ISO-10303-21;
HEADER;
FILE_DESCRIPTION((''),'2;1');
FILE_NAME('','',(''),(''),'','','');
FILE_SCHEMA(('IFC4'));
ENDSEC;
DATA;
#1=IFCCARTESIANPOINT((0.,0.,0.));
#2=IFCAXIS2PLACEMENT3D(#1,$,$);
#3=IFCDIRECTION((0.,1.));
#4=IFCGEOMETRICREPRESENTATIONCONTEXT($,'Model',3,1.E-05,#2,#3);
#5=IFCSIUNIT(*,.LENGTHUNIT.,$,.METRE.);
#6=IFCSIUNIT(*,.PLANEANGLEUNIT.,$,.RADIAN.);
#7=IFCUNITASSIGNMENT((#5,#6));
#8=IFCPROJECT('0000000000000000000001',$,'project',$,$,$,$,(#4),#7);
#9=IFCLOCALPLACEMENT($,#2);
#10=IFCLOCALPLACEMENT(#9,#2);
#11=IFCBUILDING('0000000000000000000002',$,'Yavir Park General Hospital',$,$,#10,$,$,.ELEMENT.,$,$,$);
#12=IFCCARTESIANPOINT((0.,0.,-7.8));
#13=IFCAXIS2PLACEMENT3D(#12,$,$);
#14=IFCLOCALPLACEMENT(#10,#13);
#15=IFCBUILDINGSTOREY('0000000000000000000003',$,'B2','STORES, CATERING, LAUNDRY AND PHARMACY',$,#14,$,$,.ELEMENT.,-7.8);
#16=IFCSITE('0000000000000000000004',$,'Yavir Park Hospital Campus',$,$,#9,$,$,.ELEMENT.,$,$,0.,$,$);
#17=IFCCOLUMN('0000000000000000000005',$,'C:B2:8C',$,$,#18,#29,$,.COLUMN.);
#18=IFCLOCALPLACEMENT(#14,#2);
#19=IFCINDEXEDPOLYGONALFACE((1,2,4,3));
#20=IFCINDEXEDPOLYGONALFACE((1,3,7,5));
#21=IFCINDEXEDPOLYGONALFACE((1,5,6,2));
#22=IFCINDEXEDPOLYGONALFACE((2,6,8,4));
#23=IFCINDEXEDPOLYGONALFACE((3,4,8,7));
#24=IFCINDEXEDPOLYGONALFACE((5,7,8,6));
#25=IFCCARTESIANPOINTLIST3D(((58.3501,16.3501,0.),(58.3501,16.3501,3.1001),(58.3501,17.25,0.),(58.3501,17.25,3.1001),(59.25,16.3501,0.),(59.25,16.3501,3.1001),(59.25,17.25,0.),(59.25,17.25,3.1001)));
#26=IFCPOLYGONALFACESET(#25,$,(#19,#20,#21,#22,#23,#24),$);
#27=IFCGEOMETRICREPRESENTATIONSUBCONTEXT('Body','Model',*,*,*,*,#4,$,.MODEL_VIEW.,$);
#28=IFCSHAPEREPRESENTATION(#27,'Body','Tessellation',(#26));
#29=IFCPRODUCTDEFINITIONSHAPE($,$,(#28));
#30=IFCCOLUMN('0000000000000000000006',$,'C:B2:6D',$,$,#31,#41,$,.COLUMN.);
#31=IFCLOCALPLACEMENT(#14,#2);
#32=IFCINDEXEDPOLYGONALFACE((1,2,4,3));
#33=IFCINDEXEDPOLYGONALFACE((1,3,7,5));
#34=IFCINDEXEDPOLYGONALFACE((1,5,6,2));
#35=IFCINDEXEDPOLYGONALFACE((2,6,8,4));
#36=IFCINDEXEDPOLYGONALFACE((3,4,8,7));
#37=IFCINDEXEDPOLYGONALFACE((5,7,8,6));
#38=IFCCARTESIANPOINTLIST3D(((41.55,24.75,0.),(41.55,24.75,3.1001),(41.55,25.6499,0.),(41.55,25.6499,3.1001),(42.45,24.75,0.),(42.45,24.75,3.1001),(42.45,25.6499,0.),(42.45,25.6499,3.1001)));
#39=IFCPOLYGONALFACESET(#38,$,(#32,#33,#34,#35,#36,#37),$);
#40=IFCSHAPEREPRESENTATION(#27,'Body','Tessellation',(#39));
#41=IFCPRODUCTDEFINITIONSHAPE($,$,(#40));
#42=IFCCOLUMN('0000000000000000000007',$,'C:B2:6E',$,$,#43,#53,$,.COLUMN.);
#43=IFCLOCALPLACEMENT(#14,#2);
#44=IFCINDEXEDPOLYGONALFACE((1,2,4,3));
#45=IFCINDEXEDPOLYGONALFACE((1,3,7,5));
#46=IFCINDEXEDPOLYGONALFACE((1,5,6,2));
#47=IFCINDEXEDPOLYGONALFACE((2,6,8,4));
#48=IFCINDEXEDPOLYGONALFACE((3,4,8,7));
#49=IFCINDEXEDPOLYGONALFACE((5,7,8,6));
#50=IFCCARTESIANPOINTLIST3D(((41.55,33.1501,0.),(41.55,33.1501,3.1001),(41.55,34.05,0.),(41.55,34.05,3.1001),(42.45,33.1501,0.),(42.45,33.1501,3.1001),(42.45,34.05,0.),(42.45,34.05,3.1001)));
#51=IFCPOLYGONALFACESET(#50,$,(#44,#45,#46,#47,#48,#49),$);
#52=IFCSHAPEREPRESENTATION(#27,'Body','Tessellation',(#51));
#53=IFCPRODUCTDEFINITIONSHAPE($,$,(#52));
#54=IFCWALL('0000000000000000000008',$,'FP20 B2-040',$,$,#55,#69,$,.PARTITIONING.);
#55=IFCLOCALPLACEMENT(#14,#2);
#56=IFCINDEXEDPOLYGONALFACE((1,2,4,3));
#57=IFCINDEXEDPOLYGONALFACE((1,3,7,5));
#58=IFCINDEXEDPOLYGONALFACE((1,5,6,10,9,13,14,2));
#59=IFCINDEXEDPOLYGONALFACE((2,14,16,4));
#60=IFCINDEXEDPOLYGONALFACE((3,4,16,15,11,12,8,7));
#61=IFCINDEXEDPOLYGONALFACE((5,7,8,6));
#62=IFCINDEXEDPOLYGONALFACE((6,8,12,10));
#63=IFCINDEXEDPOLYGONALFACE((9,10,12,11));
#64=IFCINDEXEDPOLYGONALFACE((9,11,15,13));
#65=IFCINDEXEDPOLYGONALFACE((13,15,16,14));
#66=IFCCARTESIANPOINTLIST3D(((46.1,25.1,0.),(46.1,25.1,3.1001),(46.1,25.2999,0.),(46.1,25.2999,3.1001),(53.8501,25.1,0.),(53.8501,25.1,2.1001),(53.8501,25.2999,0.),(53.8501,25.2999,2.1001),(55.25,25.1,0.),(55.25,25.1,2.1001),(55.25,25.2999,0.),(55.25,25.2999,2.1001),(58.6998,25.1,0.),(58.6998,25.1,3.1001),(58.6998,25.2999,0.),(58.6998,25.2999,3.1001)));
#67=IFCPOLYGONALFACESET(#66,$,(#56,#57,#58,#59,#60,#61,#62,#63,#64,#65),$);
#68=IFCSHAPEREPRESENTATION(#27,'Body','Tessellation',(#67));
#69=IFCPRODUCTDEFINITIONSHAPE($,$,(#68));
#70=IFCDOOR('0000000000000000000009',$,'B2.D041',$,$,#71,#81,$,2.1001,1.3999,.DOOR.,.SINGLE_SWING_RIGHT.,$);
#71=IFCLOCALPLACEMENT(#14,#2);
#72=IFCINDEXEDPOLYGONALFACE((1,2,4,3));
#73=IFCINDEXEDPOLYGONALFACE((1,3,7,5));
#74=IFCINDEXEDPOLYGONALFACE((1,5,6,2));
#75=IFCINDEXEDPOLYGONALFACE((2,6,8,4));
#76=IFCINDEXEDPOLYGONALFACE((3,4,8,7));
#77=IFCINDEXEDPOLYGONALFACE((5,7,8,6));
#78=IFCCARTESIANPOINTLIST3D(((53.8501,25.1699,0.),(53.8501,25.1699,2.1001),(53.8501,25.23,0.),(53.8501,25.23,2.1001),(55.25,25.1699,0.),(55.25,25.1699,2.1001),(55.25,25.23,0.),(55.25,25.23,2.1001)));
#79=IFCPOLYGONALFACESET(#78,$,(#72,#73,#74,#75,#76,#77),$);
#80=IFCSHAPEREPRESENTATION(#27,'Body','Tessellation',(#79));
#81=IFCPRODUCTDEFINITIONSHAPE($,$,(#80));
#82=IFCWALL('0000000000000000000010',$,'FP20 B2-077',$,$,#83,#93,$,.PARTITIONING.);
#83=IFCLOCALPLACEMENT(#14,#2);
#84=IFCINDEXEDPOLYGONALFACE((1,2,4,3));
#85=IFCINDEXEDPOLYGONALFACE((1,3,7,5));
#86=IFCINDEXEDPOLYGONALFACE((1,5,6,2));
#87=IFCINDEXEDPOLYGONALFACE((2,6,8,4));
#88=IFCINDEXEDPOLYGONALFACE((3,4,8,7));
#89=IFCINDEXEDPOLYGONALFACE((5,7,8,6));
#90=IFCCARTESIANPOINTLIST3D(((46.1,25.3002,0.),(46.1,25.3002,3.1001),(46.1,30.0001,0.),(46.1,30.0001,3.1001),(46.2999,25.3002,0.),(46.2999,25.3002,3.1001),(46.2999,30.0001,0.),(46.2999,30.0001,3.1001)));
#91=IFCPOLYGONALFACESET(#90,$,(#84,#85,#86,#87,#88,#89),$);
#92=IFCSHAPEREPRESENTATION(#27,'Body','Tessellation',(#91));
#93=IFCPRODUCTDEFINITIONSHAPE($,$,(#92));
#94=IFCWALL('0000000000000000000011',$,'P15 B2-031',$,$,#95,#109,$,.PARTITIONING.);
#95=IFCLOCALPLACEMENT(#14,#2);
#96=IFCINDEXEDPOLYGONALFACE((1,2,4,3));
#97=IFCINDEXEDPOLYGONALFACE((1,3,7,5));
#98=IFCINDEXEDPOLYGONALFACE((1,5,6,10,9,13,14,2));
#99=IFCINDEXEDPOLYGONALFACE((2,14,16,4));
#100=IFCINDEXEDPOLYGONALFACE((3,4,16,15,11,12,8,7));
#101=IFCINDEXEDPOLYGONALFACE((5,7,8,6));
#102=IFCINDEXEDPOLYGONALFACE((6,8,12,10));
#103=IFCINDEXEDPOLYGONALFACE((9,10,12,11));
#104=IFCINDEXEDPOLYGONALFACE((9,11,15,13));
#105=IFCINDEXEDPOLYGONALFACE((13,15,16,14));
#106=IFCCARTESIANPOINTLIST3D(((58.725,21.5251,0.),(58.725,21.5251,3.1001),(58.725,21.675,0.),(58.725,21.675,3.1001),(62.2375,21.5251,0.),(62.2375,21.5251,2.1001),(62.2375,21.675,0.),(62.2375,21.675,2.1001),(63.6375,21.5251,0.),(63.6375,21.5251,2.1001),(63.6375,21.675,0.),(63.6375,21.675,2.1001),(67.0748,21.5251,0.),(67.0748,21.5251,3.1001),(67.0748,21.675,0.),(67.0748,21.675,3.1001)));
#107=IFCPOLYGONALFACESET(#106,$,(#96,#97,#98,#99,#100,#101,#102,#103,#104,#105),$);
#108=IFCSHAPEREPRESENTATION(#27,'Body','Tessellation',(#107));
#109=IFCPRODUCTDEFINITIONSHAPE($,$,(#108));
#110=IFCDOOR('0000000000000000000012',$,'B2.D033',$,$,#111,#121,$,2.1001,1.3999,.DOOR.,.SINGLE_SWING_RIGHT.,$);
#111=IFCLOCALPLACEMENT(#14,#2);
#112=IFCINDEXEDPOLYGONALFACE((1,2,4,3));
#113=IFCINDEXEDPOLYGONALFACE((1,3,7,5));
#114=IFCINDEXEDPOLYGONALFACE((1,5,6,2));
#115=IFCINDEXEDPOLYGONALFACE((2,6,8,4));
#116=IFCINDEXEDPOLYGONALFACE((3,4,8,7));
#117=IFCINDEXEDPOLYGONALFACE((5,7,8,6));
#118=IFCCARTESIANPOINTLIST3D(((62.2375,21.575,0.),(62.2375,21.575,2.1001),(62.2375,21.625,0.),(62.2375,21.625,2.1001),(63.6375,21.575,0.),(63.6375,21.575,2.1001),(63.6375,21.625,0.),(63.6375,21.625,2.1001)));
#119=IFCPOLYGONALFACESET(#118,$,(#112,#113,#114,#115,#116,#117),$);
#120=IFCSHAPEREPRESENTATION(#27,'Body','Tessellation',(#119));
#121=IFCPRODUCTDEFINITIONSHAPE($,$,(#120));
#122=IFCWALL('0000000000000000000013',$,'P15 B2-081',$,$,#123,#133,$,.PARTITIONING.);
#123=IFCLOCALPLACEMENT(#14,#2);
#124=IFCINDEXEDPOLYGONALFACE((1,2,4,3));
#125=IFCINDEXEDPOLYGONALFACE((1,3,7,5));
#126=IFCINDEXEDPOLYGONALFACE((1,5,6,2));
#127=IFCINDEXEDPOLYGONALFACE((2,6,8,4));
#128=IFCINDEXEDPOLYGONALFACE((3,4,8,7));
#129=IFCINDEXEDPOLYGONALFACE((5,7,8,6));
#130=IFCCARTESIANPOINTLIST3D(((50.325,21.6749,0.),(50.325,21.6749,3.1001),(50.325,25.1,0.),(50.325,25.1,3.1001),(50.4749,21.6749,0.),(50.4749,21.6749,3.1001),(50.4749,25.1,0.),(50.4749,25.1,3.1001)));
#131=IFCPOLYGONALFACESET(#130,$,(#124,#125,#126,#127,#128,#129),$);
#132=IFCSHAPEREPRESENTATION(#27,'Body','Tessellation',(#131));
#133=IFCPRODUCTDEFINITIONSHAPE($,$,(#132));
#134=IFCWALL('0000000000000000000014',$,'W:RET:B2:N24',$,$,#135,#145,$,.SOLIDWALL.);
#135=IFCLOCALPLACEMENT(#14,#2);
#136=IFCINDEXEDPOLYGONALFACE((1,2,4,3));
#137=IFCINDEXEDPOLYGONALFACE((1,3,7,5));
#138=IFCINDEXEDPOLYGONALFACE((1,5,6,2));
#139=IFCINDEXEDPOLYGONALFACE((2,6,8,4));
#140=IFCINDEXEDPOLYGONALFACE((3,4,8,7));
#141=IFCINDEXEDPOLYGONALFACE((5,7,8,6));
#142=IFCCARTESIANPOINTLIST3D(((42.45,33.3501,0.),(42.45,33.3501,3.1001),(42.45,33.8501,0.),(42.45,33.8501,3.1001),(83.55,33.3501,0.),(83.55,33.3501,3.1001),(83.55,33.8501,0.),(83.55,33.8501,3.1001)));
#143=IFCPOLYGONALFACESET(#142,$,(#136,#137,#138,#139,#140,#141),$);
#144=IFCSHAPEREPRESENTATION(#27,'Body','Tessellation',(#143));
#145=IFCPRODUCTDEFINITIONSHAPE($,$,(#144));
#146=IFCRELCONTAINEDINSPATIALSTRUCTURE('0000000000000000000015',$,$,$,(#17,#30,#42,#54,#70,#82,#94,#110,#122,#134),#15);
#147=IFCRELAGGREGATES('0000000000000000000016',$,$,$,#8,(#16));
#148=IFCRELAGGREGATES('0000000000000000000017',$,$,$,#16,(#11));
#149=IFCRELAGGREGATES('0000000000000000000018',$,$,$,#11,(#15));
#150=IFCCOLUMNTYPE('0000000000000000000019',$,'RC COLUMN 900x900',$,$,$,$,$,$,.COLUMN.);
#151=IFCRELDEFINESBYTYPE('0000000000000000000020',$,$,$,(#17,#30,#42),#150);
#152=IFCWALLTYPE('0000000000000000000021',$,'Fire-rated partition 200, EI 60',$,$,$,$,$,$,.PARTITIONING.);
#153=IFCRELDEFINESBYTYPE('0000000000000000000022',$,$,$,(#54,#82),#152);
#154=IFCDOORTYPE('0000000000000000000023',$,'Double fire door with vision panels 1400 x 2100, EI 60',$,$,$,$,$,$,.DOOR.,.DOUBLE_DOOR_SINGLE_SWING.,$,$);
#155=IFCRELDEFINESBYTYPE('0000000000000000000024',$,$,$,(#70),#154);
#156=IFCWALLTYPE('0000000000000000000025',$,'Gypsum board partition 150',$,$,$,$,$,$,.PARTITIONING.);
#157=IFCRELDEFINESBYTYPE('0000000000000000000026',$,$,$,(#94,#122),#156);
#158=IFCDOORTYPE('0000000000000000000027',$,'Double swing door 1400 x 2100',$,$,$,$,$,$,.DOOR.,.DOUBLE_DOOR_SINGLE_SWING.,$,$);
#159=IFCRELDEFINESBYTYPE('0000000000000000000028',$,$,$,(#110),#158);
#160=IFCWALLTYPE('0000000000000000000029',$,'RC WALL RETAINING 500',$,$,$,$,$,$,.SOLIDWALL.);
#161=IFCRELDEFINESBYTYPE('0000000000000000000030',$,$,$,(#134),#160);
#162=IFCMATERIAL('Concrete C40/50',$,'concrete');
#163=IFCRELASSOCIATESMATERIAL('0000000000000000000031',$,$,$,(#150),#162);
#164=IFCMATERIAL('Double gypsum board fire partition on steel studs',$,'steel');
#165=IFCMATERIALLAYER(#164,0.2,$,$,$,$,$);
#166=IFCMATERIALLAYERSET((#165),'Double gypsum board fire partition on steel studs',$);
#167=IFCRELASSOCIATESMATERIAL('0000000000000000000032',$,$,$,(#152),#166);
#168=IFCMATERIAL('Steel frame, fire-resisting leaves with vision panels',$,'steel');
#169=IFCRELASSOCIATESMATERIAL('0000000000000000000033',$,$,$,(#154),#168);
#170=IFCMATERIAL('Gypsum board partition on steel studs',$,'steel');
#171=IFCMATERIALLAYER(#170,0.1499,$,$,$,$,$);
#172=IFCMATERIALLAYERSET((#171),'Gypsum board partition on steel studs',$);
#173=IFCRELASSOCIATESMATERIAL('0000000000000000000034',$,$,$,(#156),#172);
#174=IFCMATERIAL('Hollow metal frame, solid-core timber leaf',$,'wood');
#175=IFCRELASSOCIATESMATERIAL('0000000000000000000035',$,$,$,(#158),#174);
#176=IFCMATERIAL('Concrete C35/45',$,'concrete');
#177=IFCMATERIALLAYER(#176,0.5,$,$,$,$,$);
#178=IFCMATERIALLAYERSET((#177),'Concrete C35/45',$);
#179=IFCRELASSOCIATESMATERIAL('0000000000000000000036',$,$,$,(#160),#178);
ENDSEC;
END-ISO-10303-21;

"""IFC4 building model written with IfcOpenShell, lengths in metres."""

from ifc_helpers import new_model, si_unit, direction, frame, frame_2d, origin, origin_2d, place, context, subcontext, project, spatial, rectangle, extrude, material, layer, layer_set, material_profile, profile_set, type_object, element, fill, save


model = new_model("IFC4")

# Units and contexts
model_context = context("Model", 3, precision=1e-05, world=origin(), true_north=direction((0.0, 1.0)))
body_context = subcontext(model_context, "Body", "Model", "MODEL_VIEW")
ifc_project = project(units=[si_unit("LENGTHUNIT", "METRE"), si_unit("PLANEANGLEUNIT", "RADIAN")], contexts=[model_context])

# Site, building, storey
site_placement = place(None, origin())
site = spatial("IfcSite", under=ifc_project, at=site_placement, Name="Yavir Park Hospital Campus", CompositionType="ELEMENT", RefElevation=0.0)
building_placement = place(site_placement, origin())
building = spatial("IfcBuilding", under=site, at=building_placement, Name="Yavir Park General Hospital", CompositionType="ELEMENT")
storey_placement = place(building_placement, frame((0.0, 0.0, -7.8)))
storey = spatial("IfcBuildingStorey", under=building, at=storey_placement, Name="B2", Description="STORES, CATERING, LAUNDRY AND PHARMACY", CompositionType="ELEMENT", Elevation=-7.8)

# Columns
ifc_material_1 = material(Name="Concrete C40/50", Category="concrete")
ifc_material_profile = material_profile(ifc_material_1, rectangle(XDim=0.8999, YDim=0.8999, at=origin_2d()), Name="RC900x900")
ifc_profile_set = profile_set([ifc_material_profile], Name="Concrete C40/50")
column_type = type_object("IfcColumnType", Name="RC COLUMN 900x900", PredefinedType="COLUMN", material=ifc_profile_set)
for number, where, z_axis, x_axis, name in (
    (1, (58.8, 16.8, 0.0), (0.0, 0.0, 1.0), (1.0, 0.0, 0.0), "C:B2:8C"),
    (2, (42.0, 25.2, 0.0), (0.0, 0.0, 1.0), (1.0, 0.0, 0.0), "C:B2:6D"),
    (3, (42.0, 33.6001, 0.0), (0.0, 0.0, 1.0), (1.0, 0.0, 0.0), "C:B2:6E"),
):
    element("IfcColumn", number, at=place(storey_placement, frame(where, z_axis=z_axis, x_axis=x_axis)), inside=storey, type_object=column_type, Name=name, PredefinedType="COLUMN", context=body_context, shape_type="SweptSolid", body=[
        extrude(rectangle(XDim=0.8999, YDim=0.8999, at=origin_2d()), origin(), (0.0, 0.0, 1.0), 3.1001),
    ])

# Wall, opening, door
ifc_material_2 = material(Name="Double gypsum board fire partition on steel studs", Category="steel")
ifc_layer_1 = layer(ifc_material_2, 0.2)
ifc_layer_set_1 = layer_set([ifc_layer_1], Name="Double gypsum board fire partition on steel studs")
wall_type_1 = type_object("IfcWallType", Name="Fire-rated partition 200, EI 60", PredefinedType="PARTITIONING", material=ifc_layer_set_1)
wall_1_placement = place(storey_placement, frame((46.1001, 25.2, 0.0), z_axis=(0.0, 0.0, 1.0), x_axis=(1.0, 0.0, 0.0)))
wall_1 = element("IfcWall", 4, at=wall_1_placement, inside=storey, type_object=wall_type_1, Name="FP20 B2-040", PredefinedType="PARTITIONING", context=body_context, shape_type="SweptSolid", body=[
    extrude(rectangle(XDim=12.5999, YDim=0.2, at=frame_2d((6.2998, 0.0))), origin(), (0.0, 0.0, 1.0), 3.1001),
])
opening_1_placement = place(wall_1_placement, frame((7.75, 0.0, 0.0)))
opening_1 = element("IfcOpeningElement", 5, at=opening_1_placement, cuts=wall_1, PredefinedType="OPENING", context=body_context, shape_type="SweptSolid", body=[
    extrude(rectangle(XDim=1.3999, YDim=2.1001, at=frame_2d((0.7, 1.05))), frame((0.0, 0.1099, 0.0), z_axis=(0.0, -1.0, 0.0), x_axis=(1.0, 0.0, 0.0)), (0.0, 0.0, 1.0), 0.22),
])
ifc_material_3 = material(Name="Steel frame, fire-resisting leaves with vision panels", Category="steel")
door_type_1 = type_object("IfcDoorType", Name="Double fire door with vision panels 1400 x 2100, EI 60", OperationType="DOUBLE_DOOR_SINGLE_SWING", PredefinedType="DOOR", material=ifc_material_3)
door_1_placement = place(opening_1_placement, origin())
door_1 = element("IfcDoor", 6, at=door_1_placement, inside=storey, type_object=door_type_1, Name="B2.D041", OperationType="SINGLE_SWING_RIGHT", OverallHeight=2.1001, OverallWidth=1.3999, PredefinedType="DOOR", context=body_context, shape_type="SweptSolid", body=[
    extrude(rectangle(XDim=1.3999, YDim=2.1001, at=frame_2d((0.7, 1.05))), frame((0.0, 0.03, 0.0), z_axis=(0.0, -1.0, 0.0), x_axis=(1.0, 0.0, 0.0)), (0.0, 0.0, 1.0), 0.0601),
])
fill(opening_1, door_1)

# Wall
wall_2_placement = place(storey_placement, frame((46.2, 25.3, 0.0), z_axis=(0.0, 0.0, 1.0), x_axis=(0.0, 1.0, 0.0)))
element("IfcWall", 7, at=wall_2_placement, inside=storey, type_object=wall_type_1, Name="FP20 B2-077", PredefinedType="PARTITIONING", context=body_context, shape_type="SweptSolid", body=[
    extrude(rectangle(XDim=4.7, YDim=0.2, at=frame_2d((2.3501, 0.0))), origin(), (0.0, 0.0, 1.0), 3.1001),
])

# Wall, opening, door
ifc_material_4 = material(Name="Gypsum board partition on steel studs", Category="steel")
ifc_layer_2 = layer(ifc_material_4, 0.1499)
ifc_layer_set_2 = layer_set([ifc_layer_2], Name="Gypsum board partition on steel studs")
wall_type_2 = type_object("IfcWallType", Name="Gypsum board partition 150", PredefinedType="PARTITIONING", material=ifc_layer_set_2)
wall_3_placement = place(storey_placement, frame((58.7251, 21.6001, 0.0), z_axis=(0.0, 0.0, 1.0), x_axis=(1.0, 0.0, 0.0)))
wall_3 = element("IfcWall", 8, at=wall_3_placement, inside=storey, type_object=wall_type_2, Name="P15 B2-031", PredefinedType="PARTITIONING", context=body_context, shape_type="SweptSolid", body=[
    extrude(rectangle(XDim=8.3499, YDim=0.1499, at=frame_2d((4.1748, 0.0))), origin(), (0.0, 0.0, 1.0), 3.1001),
])
opening_2_placement = place(wall_3_placement, frame((3.5125, 0.0, 0.0)))
opening_2 = element("IfcOpeningElement", 9, at=opening_2_placement, cuts=wall_3, PredefinedType="OPENING", context=body_context, shape_type="SweptSolid", body=[
    extrude(rectangle(XDim=1.3999, YDim=2.1001, at=frame_2d((0.7, 1.05))), frame((0.0, 0.085, 0.0), z_axis=(0.0, -1.0, 0.0), x_axis=(1.0, 0.0, 0.0)), (0.0, 0.0, 1.0), 0.1699),
])
ifc_material_5 = material(Name="Hollow metal frame, solid-core timber leaf", Category="wood")
door_type_2 = type_object("IfcDoorType", Name="Double swing door 1400 x 2100", OperationType="DOUBLE_DOOR_SINGLE_SWING", PredefinedType="DOOR", material=ifc_material_5)
door_2_placement = place(opening_2_placement, origin())
door_2 = element("IfcDoor", 10, at=door_2_placement, inside=storey, type_object=door_type_2, Name="B2.D033", OperationType="SINGLE_SWING_RIGHT", OverallHeight=2.1001, OverallWidth=1.3999, PredefinedType="DOOR", context=body_context, shape_type="SweptSolid", body=[
    extrude(rectangle(XDim=1.3999, YDim=2.1001, at=frame_2d((0.7, 1.05))), frame((0.0, 0.0249, 0.0), z_axis=(0.0, -1.0, 0.0), x_axis=(1.0, 0.0, 0.0)), (0.0, 0.0, 1.0), 0.05),
])
fill(opening_2, door_2)

# Walls
wall_4_placement = place(storey_placement, frame((50.3999, 21.675, 0.0), z_axis=(0.0, 0.0, 1.0), x_axis=(0.0, 1.0, 0.0)))
element("IfcWall", 11, at=wall_4_placement, inside=storey, type_object=wall_type_2, Name="P15 B2-081", PredefinedType="PARTITIONING", context=body_context, shape_type="SweptSolid", body=[
    extrude(rectangle(XDim=3.425, YDim=0.1499, at=frame_2d((1.7124, 0.0))), origin(), (0.0, 0.0, 1.0), 3.1001),
])
ifc_material_6 = material(Name="Concrete C35/45", Category="concrete")
ifc_layer_3 = layer(ifc_material_6, 0.5)
ifc_layer_set_3 = layer_set([ifc_layer_3], Name="Concrete C35/45")
wall_type_3 = type_object("IfcWallType", Name="RC WALL RETAINING 500", PredefinedType="SOLIDWALL", material=ifc_layer_set_3)
wall_5_placement = place(storey_placement, frame((42.45, 33.6001, 0.0), z_axis=(0.0, 0.0, 1.0), x_axis=(1.0, 0.0, 0.0)))
element("IfcWall", 12, at=wall_5_placement, inside=storey, type_object=wall_type_3, Name="W:RET:B2:N24", PredefinedType="SOLIDWALL", context=body_context, shape_type="SweptSolid", body=[
    extrude(rectangle(XDim=41.1001, YDim=0.5, at=frame_2d((20.55, 0.0))), origin(), (0.0, 0.0, 1.0), 3.1001),
])

save(model, "model.ifc")
